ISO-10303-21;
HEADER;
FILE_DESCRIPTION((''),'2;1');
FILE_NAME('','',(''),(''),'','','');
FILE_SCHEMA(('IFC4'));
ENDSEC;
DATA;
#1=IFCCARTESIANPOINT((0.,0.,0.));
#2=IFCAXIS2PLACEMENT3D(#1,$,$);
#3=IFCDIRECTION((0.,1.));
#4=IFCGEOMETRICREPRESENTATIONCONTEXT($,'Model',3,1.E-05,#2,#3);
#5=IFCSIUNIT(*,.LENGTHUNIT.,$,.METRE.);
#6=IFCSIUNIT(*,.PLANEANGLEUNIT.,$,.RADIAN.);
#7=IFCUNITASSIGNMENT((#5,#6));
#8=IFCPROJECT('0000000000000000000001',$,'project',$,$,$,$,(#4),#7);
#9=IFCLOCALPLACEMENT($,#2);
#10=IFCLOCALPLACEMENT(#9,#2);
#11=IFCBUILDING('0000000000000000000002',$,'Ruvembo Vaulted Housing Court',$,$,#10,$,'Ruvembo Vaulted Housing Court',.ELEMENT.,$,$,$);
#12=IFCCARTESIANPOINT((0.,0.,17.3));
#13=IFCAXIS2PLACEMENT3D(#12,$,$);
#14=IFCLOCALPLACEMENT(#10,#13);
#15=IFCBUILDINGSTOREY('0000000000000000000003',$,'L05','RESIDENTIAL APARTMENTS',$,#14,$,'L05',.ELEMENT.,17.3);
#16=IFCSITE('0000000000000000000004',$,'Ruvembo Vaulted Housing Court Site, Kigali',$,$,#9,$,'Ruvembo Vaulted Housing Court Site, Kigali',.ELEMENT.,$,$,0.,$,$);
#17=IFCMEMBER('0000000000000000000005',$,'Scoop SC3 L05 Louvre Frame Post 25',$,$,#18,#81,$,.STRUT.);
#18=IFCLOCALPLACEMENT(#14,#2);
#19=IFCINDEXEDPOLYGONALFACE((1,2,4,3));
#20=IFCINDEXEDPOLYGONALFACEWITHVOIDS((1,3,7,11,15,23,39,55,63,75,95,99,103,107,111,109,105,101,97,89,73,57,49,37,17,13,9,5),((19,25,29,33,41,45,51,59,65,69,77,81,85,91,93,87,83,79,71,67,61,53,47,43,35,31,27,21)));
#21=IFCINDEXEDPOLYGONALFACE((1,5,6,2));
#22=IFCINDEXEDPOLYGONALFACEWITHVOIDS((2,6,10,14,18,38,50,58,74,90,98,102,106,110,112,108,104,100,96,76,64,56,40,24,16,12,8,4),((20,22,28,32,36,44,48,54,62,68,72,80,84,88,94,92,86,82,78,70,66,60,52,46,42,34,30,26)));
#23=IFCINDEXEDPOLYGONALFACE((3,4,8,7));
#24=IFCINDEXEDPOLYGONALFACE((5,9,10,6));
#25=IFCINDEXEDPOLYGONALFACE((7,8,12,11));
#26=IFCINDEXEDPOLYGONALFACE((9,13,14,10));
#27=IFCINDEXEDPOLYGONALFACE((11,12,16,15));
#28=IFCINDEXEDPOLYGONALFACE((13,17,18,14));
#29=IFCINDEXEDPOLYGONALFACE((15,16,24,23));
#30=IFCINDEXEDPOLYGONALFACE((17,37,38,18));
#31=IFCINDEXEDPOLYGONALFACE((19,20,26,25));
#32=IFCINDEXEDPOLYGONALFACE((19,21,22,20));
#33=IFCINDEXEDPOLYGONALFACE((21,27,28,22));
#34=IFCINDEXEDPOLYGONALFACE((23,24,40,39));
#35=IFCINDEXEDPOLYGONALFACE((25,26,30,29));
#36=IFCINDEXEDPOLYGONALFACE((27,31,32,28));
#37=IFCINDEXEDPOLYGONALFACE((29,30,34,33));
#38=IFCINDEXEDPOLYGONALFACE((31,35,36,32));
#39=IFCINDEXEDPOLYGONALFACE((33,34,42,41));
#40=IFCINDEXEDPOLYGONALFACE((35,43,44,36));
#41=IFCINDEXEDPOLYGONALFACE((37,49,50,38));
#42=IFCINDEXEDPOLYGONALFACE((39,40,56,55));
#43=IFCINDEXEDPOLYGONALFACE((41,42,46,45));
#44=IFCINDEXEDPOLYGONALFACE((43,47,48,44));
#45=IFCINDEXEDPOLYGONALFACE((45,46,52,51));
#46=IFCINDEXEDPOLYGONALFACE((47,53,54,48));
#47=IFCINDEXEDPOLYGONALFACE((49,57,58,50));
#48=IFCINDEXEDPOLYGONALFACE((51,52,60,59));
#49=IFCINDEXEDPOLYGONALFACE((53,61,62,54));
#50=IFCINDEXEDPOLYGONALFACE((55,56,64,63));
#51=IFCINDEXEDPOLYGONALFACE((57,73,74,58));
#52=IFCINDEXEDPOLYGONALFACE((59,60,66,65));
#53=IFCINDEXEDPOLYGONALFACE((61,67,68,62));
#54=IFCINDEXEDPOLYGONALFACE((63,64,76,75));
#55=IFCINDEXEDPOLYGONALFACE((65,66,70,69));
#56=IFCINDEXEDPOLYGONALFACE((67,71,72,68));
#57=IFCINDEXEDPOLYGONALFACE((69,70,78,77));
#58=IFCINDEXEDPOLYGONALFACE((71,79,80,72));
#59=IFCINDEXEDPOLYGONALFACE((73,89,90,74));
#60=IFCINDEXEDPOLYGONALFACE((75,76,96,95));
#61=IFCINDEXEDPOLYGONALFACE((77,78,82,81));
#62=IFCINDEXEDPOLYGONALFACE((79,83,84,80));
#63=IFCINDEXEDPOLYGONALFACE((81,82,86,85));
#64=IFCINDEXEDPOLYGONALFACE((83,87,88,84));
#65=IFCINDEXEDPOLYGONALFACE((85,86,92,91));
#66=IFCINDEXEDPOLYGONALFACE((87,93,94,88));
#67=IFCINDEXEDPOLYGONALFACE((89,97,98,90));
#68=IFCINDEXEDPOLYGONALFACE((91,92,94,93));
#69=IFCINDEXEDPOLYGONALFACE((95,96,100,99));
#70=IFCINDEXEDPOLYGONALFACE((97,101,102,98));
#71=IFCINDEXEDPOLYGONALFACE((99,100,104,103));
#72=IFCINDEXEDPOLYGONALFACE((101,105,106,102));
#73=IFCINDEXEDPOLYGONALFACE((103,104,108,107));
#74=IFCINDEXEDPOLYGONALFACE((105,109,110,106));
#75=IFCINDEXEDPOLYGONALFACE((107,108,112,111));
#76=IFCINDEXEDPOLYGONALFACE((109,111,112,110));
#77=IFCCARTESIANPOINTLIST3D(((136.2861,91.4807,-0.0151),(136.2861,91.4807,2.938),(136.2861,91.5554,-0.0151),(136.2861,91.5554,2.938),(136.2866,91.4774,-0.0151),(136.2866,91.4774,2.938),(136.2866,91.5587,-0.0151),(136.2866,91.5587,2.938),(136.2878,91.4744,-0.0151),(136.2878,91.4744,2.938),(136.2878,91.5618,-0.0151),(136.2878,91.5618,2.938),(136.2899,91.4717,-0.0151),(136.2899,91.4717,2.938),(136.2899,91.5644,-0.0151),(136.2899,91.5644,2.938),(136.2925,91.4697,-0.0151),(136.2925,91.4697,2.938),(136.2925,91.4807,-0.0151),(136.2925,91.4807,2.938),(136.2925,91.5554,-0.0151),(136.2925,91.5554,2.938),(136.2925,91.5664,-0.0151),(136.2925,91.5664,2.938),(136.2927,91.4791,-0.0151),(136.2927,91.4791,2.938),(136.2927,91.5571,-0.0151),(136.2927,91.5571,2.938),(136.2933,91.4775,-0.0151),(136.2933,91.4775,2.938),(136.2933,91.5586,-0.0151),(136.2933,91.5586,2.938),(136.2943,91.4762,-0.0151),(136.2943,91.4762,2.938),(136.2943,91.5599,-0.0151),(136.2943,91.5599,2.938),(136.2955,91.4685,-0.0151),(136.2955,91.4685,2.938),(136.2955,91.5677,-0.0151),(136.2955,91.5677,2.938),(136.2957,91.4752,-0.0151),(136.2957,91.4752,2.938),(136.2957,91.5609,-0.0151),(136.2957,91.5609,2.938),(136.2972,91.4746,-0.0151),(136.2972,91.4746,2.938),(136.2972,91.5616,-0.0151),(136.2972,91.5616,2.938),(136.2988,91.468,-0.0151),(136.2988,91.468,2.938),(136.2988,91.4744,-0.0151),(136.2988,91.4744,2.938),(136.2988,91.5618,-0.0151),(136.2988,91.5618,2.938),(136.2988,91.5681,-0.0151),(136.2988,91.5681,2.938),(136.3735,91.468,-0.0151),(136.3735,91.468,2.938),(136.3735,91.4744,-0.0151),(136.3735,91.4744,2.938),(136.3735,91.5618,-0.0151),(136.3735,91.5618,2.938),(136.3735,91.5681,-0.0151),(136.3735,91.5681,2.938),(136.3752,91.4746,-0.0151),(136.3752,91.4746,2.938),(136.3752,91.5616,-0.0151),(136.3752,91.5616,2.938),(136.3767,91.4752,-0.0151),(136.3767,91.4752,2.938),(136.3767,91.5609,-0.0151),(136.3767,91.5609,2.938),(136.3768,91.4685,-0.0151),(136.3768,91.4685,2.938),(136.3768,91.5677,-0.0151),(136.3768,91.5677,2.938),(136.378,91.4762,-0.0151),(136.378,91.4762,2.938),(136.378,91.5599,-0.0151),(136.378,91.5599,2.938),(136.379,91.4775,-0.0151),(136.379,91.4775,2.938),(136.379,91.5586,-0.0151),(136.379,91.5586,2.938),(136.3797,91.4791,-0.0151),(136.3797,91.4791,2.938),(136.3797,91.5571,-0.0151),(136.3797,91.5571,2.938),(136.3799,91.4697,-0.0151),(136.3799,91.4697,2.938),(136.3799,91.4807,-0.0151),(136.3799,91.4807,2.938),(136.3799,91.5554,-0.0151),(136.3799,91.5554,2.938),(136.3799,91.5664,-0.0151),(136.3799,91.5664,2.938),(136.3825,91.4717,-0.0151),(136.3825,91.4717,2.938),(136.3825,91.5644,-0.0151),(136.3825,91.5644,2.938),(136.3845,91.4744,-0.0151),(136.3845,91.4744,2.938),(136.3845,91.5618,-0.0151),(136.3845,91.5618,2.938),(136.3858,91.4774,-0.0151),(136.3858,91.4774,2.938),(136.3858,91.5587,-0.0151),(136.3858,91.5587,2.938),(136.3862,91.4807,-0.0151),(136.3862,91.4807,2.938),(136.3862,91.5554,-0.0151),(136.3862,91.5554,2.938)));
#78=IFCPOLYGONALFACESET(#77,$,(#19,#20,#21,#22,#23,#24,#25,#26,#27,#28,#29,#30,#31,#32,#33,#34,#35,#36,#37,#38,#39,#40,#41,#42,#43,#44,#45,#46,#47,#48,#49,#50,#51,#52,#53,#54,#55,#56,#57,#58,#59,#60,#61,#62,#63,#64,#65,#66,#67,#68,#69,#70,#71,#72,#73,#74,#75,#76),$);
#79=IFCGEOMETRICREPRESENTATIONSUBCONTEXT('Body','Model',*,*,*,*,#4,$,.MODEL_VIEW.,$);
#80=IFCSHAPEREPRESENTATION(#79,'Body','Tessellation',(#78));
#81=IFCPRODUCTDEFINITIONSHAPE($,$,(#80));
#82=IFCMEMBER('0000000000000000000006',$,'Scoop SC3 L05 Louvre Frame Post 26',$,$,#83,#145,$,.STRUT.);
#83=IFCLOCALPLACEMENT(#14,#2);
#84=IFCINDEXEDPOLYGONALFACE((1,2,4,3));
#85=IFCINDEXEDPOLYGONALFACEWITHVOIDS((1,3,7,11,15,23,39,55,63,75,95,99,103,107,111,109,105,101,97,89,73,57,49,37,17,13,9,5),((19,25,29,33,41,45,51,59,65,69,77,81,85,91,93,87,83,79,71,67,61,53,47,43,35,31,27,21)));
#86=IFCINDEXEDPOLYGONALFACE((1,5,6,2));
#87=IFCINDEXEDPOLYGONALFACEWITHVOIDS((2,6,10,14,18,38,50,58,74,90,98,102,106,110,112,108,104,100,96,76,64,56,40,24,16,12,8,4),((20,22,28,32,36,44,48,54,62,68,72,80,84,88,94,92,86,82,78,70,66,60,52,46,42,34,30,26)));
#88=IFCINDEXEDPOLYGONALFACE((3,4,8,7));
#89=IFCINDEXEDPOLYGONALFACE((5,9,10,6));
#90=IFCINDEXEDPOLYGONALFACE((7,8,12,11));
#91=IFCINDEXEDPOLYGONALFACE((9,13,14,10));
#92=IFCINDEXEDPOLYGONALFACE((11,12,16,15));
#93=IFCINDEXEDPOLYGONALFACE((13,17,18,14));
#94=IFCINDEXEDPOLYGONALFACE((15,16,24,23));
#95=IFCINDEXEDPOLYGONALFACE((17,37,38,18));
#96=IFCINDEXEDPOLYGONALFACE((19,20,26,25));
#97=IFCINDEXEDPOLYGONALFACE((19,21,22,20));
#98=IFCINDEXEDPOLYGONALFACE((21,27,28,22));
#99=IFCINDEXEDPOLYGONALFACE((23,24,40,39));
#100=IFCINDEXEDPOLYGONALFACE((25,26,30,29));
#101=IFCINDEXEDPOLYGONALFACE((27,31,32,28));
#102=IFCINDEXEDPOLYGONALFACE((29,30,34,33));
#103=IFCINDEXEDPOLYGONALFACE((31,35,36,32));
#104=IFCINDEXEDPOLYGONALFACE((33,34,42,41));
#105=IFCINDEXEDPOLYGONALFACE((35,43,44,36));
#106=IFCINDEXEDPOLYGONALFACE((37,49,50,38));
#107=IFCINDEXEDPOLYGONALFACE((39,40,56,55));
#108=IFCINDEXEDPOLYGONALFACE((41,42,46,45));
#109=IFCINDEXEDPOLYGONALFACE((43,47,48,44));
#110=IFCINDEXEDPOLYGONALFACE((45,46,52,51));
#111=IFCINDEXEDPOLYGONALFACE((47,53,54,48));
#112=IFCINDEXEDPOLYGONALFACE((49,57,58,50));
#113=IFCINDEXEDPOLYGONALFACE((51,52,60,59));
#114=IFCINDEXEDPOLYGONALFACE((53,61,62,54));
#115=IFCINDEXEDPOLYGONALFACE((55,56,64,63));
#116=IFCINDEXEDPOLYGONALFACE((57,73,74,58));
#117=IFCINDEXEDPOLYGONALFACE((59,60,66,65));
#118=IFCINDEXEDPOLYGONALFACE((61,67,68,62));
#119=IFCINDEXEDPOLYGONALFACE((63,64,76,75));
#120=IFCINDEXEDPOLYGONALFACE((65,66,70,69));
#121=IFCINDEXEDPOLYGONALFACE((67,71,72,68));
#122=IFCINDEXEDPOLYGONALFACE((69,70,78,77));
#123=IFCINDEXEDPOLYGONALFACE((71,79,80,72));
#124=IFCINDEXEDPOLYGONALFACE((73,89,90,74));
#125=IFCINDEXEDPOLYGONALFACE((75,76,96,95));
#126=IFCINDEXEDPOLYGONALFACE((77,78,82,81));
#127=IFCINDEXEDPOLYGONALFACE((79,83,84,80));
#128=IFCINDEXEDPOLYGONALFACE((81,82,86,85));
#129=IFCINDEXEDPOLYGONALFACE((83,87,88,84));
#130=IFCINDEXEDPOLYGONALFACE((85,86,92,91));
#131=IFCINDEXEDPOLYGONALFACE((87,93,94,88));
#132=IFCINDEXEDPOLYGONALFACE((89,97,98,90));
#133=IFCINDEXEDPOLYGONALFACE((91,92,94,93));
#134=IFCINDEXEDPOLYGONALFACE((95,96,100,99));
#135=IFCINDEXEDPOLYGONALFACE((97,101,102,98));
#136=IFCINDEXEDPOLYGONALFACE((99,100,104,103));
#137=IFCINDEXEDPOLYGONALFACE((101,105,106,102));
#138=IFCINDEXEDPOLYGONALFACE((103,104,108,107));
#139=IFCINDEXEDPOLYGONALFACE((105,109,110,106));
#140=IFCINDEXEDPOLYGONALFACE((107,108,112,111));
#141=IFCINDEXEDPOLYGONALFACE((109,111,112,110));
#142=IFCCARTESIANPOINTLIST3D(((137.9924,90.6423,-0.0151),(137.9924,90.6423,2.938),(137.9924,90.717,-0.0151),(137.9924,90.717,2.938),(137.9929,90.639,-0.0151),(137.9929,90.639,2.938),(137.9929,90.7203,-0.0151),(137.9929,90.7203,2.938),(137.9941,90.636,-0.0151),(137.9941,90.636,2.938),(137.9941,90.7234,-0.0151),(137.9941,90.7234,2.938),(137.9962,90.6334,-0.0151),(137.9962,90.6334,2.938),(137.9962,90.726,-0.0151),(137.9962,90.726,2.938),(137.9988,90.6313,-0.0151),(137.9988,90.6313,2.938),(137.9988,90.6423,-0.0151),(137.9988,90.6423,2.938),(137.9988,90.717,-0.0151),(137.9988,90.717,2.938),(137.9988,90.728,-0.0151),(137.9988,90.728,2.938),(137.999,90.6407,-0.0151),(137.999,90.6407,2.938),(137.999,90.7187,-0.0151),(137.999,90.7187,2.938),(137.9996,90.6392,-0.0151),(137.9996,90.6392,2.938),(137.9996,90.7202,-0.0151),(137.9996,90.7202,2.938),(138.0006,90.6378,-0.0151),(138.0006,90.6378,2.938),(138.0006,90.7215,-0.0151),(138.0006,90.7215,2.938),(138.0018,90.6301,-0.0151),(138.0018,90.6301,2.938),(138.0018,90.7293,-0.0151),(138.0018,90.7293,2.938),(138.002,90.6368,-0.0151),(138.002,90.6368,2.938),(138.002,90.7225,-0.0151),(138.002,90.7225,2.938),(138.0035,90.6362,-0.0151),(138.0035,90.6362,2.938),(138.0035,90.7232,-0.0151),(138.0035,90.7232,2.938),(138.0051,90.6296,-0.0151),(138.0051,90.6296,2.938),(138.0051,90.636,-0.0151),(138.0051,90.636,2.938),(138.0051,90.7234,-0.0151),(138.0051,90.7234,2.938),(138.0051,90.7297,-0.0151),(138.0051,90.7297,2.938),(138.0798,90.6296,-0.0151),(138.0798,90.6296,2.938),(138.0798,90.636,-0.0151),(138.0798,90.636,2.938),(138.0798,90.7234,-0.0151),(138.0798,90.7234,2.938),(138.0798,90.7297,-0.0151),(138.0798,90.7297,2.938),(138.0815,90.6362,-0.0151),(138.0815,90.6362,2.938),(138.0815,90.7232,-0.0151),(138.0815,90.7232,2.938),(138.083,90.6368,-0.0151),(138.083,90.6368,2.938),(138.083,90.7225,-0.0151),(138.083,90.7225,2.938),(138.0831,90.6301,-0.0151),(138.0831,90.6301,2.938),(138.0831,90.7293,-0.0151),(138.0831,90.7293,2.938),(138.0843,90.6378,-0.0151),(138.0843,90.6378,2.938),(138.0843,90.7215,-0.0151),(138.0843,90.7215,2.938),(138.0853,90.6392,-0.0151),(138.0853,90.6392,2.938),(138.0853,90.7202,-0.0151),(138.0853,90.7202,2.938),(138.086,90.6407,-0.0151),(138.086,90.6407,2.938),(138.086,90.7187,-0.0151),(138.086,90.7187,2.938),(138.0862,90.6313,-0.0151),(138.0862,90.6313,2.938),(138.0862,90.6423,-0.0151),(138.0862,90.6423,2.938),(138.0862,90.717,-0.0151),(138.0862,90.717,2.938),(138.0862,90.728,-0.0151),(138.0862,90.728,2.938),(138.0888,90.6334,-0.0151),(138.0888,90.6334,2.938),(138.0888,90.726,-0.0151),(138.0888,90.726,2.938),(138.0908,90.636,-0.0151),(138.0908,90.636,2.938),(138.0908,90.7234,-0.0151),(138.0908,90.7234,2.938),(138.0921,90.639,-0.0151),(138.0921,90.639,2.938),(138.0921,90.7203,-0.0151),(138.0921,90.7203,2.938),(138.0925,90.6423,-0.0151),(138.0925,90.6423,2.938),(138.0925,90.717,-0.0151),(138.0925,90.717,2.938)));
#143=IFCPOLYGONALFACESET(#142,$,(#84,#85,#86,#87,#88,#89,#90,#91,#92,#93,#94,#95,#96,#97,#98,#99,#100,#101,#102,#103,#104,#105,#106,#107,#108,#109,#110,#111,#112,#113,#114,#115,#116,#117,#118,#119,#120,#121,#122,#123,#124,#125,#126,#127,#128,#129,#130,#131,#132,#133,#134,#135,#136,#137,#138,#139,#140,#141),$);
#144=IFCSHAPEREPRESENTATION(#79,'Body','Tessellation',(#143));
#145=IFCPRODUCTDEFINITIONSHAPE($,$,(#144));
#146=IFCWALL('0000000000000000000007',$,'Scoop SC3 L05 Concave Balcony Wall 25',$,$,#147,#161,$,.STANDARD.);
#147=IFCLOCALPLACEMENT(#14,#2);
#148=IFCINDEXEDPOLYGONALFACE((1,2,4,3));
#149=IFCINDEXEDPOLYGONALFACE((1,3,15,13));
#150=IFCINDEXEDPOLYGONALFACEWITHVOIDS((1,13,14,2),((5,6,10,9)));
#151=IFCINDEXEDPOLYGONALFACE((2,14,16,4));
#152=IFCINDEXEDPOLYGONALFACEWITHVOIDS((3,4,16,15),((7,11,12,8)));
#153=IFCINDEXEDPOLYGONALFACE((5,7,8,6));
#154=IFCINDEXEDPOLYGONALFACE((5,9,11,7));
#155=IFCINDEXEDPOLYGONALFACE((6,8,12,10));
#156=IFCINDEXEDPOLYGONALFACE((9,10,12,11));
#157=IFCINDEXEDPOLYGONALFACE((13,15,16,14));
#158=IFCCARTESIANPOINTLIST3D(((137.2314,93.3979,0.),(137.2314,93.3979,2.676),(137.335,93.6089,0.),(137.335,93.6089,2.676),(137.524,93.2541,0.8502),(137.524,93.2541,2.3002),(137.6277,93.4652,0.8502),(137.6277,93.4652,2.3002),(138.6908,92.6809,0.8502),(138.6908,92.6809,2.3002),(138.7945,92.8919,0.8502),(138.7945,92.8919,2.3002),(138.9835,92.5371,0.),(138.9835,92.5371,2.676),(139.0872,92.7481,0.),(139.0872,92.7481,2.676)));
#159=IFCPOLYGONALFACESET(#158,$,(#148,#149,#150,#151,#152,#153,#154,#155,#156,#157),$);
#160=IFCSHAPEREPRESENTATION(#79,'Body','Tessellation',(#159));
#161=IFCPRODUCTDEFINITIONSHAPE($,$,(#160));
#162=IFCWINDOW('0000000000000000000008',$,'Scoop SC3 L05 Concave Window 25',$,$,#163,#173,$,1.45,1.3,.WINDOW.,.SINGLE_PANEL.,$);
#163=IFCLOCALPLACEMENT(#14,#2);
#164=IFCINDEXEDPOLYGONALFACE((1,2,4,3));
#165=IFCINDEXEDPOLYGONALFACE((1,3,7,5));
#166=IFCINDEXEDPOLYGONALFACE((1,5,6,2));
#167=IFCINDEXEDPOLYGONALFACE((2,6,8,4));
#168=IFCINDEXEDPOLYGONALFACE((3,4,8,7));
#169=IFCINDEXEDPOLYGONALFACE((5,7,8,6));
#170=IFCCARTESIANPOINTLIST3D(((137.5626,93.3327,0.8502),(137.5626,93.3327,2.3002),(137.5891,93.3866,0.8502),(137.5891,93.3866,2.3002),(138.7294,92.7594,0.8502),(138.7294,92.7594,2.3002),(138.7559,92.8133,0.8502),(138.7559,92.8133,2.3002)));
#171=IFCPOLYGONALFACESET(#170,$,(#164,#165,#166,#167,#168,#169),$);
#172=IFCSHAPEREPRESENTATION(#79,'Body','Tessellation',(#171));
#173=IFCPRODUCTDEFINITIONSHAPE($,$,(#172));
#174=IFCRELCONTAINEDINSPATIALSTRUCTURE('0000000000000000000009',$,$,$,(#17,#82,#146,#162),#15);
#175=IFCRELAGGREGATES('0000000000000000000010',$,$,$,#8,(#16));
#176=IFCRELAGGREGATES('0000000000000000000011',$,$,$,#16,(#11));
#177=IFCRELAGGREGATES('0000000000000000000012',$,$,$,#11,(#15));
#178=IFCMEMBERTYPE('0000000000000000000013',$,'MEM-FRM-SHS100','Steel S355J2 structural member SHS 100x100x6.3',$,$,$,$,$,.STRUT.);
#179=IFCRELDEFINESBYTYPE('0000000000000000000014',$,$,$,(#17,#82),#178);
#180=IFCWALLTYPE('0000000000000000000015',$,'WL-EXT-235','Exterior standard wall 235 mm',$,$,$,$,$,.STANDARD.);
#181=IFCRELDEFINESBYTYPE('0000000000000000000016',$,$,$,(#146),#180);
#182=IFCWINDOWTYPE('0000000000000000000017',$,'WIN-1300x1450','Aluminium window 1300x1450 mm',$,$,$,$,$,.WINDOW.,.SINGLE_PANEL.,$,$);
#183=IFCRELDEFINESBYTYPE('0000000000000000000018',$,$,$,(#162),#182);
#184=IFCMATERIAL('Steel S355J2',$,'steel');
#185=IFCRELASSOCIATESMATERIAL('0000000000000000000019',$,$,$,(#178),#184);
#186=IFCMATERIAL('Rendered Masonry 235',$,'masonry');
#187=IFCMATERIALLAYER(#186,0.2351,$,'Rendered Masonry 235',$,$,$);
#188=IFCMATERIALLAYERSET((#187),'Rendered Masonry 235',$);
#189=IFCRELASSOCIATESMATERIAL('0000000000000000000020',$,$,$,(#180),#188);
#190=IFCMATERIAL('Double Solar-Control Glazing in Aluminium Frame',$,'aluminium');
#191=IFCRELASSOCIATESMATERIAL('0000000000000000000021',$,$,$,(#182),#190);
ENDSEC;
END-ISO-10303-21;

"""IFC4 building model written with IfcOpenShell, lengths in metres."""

from ifc_helpers import new_model, si_unit, direction, frame, frame_2d, origin, origin_2d, place, context, subcontext, project, spatial, rectangle, hollow_rectangle, extrude, material, layer, layer_set, material_profile, profile_set, type_object, element, fill, save


model = new_model("IFC4")

# Units and contexts
model_context = context("Model", 3, precision=1e-05, world=origin(), true_north=direction((0.0, 1.0)))
body_context = subcontext(model_context, "Body", "Model", "MODEL_VIEW")
ifc_project = project(units=[si_unit("LENGTHUNIT", "METRE"), si_unit("PLANEANGLEUNIT", "RADIAN")], contexts=[model_context])

# Site, building, storey
site_placement = place(None, origin())
site = spatial("IfcSite", under=ifc_project, at=site_placement, Name="Ruvembo Vaulted Housing Court Site, Kigali", LongName="Ruvembo Vaulted Housing Court Site, Kigali", CompositionType="ELEMENT", RefElevation=0.0)
building_placement = place(site_placement, origin())
building = spatial("IfcBuilding", under=site, at=building_placement, Name="Ruvembo Vaulted Housing Court", LongName="Ruvembo Vaulted Housing Court", CompositionType="ELEMENT")
storey_placement = place(building_placement, frame((0.0, 0.0, 17.3)))
storey = spatial("IfcBuildingStorey", under=building, at=storey_placement, Name="L05", Description="RESIDENTIAL APARTMENTS", LongName="L05", CompositionType="ELEMENT", Elevation=17.3)

# Shared definitions
ifc_material_1 = material(Name="Steel S355J2", Category="steel")

# Members
ifc_material_profile_1 = material_profile(ifc_material_1, hollow_rectangle(XDim=0.1001, YDim=0.1001, WallThickness=0.0063, InnerFilletRadius=0.0063, OuterFilletRadius=0.0127, at=origin_2d()), Name="SHS 100x100x6.3")
ifc_profile_set_1 = profile_set([ifc_material_profile_1], Name="Steel S355J2")
member_type_1 = type_object("IfcMemberType", Name="MEM-FRM-SHS100", Description="Steel S355J2 structural member SHS 100x100x6.3", PredefinedType="STRUT", material=ifc_profile_set_1)
for number, where, z_axis, x_axis, name in (
    (1, (136.3362, 91.5181, -0.0151), (0.0, 0.0, 1.0), (1.0, 0.0, 0.0), "Scoop SC3 L05 Louvre Frame Post 25"),
    (2, (138.0425, 90.6797, -0.0151), (0.0, 0.0, 1.0), (1.0, 0.0, 0.0), "Scoop SC3 L05 Louvre Frame Post 26"),
):
    element("IfcMember", number, at=place(storey_placement, frame(where, z_axis=z_axis, x_axis=x_axis)), inside=storey, type_object=member_type_1, Name=name, PredefinedType="STRUT", context=body_context, shape_type="SweptSolid", body=[
        extrude(hollow_rectangle(XDim=0.1001, YDim=0.1001, WallThickness=0.0063, InnerFilletRadius=0.0063, OuterFilletRadius=0.0127, at=origin_2d()), origin(), (0.0, 0.0, 1.0), 2.9531),
    ])

# Wall, opening, window
ifc_material_2 = material(Name="Rendered Masonry 235", Category="masonry")
ifc_layer_1 = layer(ifc_material_2, 0.2351, Name="Rendered Masonry 235")
ifc_layer_set_1 = layer_set([ifc_layer_1], Name="Rendered Masonry 235")
wall_type = type_object("IfcWallType", Name="WL-EXT-235", Description="Exterior standard wall 235 mm", PredefinedType="STANDARD", material=ifc_layer_set_1)
wall_placement = place(storey_placement, frame((137.2832, 93.5034, 0.0), z_axis=(0.0, 0.0, 1.0), x_axis=(0.897532, -0.44095, 0.0)))
wall = element("IfcWall", 3, at=wall_placement, inside=storey, type_object=wall_type, Name="Scoop SC3 L05 Concave Balcony Wall 25", PredefinedType="STANDARD", context=body_context, shape_type="SweptSolid", body=[
    extrude(rectangle(XDim=1.9521, YDim=0.2351, at=frame_2d((0.9761, 0.0))), origin(), (0.0, 0.0, 1.0), 2.676),
])
opening_placement = place(wall_placement, frame((0.3262, 0.0, 0.8501)))
opening = element("IfcOpeningElement", 4, at=opening_placement, cuts=wall, PredefinedType="OPENING", context=body_context, shape_type="SweptSolid", body=[
    extrude(rectangle(XDim=1.3, YDim=1.45, at=frame_2d((0.6499, 0.7251))), frame((0.0, 0.1274, 0.0), z_axis=(0.0, -1.0, 0.0), x_axis=(1.0, 0.0, 0.0)), (0.0, 0.0, 1.0), 0.2551),
])
ifc_material_3 = material(Name="Double Solar-Control Glazing in Aluminium Frame", Category="aluminium")
window_type = type_object("IfcWindowType", Name="WIN-1300x1450", Description="Aluminium window 1300x1450 mm", PartitioningType="SINGLE_PANEL", PredefinedType="WINDOW", material=ifc_material_3)
window_placement = place(opening_placement, origin())
window = element("IfcWindow", 5, at=window_placement, inside=storey, type_object=window_type, Name="Scoop SC3 L05 Concave Window 25", OverallHeight=1.45, OverallWidth=1.3, PartitioningType="SINGLE_PANEL", PredefinedType="WINDOW", context=body_context, shape_type="SweptSolid", body=[
    extrude(rectangle(XDim=1.3, YDim=1.45, at=frame_2d((0.6499, 0.7251))), frame((0.0, 0.03, 0.0), z_axis=(0.0, -1.0, 0.0), x_axis=(1.0, 0.0, 0.0)), (0.0, 0.0, 1.0), 0.0601),
])
fill(opening, window)

save(model, "model.ifc")
